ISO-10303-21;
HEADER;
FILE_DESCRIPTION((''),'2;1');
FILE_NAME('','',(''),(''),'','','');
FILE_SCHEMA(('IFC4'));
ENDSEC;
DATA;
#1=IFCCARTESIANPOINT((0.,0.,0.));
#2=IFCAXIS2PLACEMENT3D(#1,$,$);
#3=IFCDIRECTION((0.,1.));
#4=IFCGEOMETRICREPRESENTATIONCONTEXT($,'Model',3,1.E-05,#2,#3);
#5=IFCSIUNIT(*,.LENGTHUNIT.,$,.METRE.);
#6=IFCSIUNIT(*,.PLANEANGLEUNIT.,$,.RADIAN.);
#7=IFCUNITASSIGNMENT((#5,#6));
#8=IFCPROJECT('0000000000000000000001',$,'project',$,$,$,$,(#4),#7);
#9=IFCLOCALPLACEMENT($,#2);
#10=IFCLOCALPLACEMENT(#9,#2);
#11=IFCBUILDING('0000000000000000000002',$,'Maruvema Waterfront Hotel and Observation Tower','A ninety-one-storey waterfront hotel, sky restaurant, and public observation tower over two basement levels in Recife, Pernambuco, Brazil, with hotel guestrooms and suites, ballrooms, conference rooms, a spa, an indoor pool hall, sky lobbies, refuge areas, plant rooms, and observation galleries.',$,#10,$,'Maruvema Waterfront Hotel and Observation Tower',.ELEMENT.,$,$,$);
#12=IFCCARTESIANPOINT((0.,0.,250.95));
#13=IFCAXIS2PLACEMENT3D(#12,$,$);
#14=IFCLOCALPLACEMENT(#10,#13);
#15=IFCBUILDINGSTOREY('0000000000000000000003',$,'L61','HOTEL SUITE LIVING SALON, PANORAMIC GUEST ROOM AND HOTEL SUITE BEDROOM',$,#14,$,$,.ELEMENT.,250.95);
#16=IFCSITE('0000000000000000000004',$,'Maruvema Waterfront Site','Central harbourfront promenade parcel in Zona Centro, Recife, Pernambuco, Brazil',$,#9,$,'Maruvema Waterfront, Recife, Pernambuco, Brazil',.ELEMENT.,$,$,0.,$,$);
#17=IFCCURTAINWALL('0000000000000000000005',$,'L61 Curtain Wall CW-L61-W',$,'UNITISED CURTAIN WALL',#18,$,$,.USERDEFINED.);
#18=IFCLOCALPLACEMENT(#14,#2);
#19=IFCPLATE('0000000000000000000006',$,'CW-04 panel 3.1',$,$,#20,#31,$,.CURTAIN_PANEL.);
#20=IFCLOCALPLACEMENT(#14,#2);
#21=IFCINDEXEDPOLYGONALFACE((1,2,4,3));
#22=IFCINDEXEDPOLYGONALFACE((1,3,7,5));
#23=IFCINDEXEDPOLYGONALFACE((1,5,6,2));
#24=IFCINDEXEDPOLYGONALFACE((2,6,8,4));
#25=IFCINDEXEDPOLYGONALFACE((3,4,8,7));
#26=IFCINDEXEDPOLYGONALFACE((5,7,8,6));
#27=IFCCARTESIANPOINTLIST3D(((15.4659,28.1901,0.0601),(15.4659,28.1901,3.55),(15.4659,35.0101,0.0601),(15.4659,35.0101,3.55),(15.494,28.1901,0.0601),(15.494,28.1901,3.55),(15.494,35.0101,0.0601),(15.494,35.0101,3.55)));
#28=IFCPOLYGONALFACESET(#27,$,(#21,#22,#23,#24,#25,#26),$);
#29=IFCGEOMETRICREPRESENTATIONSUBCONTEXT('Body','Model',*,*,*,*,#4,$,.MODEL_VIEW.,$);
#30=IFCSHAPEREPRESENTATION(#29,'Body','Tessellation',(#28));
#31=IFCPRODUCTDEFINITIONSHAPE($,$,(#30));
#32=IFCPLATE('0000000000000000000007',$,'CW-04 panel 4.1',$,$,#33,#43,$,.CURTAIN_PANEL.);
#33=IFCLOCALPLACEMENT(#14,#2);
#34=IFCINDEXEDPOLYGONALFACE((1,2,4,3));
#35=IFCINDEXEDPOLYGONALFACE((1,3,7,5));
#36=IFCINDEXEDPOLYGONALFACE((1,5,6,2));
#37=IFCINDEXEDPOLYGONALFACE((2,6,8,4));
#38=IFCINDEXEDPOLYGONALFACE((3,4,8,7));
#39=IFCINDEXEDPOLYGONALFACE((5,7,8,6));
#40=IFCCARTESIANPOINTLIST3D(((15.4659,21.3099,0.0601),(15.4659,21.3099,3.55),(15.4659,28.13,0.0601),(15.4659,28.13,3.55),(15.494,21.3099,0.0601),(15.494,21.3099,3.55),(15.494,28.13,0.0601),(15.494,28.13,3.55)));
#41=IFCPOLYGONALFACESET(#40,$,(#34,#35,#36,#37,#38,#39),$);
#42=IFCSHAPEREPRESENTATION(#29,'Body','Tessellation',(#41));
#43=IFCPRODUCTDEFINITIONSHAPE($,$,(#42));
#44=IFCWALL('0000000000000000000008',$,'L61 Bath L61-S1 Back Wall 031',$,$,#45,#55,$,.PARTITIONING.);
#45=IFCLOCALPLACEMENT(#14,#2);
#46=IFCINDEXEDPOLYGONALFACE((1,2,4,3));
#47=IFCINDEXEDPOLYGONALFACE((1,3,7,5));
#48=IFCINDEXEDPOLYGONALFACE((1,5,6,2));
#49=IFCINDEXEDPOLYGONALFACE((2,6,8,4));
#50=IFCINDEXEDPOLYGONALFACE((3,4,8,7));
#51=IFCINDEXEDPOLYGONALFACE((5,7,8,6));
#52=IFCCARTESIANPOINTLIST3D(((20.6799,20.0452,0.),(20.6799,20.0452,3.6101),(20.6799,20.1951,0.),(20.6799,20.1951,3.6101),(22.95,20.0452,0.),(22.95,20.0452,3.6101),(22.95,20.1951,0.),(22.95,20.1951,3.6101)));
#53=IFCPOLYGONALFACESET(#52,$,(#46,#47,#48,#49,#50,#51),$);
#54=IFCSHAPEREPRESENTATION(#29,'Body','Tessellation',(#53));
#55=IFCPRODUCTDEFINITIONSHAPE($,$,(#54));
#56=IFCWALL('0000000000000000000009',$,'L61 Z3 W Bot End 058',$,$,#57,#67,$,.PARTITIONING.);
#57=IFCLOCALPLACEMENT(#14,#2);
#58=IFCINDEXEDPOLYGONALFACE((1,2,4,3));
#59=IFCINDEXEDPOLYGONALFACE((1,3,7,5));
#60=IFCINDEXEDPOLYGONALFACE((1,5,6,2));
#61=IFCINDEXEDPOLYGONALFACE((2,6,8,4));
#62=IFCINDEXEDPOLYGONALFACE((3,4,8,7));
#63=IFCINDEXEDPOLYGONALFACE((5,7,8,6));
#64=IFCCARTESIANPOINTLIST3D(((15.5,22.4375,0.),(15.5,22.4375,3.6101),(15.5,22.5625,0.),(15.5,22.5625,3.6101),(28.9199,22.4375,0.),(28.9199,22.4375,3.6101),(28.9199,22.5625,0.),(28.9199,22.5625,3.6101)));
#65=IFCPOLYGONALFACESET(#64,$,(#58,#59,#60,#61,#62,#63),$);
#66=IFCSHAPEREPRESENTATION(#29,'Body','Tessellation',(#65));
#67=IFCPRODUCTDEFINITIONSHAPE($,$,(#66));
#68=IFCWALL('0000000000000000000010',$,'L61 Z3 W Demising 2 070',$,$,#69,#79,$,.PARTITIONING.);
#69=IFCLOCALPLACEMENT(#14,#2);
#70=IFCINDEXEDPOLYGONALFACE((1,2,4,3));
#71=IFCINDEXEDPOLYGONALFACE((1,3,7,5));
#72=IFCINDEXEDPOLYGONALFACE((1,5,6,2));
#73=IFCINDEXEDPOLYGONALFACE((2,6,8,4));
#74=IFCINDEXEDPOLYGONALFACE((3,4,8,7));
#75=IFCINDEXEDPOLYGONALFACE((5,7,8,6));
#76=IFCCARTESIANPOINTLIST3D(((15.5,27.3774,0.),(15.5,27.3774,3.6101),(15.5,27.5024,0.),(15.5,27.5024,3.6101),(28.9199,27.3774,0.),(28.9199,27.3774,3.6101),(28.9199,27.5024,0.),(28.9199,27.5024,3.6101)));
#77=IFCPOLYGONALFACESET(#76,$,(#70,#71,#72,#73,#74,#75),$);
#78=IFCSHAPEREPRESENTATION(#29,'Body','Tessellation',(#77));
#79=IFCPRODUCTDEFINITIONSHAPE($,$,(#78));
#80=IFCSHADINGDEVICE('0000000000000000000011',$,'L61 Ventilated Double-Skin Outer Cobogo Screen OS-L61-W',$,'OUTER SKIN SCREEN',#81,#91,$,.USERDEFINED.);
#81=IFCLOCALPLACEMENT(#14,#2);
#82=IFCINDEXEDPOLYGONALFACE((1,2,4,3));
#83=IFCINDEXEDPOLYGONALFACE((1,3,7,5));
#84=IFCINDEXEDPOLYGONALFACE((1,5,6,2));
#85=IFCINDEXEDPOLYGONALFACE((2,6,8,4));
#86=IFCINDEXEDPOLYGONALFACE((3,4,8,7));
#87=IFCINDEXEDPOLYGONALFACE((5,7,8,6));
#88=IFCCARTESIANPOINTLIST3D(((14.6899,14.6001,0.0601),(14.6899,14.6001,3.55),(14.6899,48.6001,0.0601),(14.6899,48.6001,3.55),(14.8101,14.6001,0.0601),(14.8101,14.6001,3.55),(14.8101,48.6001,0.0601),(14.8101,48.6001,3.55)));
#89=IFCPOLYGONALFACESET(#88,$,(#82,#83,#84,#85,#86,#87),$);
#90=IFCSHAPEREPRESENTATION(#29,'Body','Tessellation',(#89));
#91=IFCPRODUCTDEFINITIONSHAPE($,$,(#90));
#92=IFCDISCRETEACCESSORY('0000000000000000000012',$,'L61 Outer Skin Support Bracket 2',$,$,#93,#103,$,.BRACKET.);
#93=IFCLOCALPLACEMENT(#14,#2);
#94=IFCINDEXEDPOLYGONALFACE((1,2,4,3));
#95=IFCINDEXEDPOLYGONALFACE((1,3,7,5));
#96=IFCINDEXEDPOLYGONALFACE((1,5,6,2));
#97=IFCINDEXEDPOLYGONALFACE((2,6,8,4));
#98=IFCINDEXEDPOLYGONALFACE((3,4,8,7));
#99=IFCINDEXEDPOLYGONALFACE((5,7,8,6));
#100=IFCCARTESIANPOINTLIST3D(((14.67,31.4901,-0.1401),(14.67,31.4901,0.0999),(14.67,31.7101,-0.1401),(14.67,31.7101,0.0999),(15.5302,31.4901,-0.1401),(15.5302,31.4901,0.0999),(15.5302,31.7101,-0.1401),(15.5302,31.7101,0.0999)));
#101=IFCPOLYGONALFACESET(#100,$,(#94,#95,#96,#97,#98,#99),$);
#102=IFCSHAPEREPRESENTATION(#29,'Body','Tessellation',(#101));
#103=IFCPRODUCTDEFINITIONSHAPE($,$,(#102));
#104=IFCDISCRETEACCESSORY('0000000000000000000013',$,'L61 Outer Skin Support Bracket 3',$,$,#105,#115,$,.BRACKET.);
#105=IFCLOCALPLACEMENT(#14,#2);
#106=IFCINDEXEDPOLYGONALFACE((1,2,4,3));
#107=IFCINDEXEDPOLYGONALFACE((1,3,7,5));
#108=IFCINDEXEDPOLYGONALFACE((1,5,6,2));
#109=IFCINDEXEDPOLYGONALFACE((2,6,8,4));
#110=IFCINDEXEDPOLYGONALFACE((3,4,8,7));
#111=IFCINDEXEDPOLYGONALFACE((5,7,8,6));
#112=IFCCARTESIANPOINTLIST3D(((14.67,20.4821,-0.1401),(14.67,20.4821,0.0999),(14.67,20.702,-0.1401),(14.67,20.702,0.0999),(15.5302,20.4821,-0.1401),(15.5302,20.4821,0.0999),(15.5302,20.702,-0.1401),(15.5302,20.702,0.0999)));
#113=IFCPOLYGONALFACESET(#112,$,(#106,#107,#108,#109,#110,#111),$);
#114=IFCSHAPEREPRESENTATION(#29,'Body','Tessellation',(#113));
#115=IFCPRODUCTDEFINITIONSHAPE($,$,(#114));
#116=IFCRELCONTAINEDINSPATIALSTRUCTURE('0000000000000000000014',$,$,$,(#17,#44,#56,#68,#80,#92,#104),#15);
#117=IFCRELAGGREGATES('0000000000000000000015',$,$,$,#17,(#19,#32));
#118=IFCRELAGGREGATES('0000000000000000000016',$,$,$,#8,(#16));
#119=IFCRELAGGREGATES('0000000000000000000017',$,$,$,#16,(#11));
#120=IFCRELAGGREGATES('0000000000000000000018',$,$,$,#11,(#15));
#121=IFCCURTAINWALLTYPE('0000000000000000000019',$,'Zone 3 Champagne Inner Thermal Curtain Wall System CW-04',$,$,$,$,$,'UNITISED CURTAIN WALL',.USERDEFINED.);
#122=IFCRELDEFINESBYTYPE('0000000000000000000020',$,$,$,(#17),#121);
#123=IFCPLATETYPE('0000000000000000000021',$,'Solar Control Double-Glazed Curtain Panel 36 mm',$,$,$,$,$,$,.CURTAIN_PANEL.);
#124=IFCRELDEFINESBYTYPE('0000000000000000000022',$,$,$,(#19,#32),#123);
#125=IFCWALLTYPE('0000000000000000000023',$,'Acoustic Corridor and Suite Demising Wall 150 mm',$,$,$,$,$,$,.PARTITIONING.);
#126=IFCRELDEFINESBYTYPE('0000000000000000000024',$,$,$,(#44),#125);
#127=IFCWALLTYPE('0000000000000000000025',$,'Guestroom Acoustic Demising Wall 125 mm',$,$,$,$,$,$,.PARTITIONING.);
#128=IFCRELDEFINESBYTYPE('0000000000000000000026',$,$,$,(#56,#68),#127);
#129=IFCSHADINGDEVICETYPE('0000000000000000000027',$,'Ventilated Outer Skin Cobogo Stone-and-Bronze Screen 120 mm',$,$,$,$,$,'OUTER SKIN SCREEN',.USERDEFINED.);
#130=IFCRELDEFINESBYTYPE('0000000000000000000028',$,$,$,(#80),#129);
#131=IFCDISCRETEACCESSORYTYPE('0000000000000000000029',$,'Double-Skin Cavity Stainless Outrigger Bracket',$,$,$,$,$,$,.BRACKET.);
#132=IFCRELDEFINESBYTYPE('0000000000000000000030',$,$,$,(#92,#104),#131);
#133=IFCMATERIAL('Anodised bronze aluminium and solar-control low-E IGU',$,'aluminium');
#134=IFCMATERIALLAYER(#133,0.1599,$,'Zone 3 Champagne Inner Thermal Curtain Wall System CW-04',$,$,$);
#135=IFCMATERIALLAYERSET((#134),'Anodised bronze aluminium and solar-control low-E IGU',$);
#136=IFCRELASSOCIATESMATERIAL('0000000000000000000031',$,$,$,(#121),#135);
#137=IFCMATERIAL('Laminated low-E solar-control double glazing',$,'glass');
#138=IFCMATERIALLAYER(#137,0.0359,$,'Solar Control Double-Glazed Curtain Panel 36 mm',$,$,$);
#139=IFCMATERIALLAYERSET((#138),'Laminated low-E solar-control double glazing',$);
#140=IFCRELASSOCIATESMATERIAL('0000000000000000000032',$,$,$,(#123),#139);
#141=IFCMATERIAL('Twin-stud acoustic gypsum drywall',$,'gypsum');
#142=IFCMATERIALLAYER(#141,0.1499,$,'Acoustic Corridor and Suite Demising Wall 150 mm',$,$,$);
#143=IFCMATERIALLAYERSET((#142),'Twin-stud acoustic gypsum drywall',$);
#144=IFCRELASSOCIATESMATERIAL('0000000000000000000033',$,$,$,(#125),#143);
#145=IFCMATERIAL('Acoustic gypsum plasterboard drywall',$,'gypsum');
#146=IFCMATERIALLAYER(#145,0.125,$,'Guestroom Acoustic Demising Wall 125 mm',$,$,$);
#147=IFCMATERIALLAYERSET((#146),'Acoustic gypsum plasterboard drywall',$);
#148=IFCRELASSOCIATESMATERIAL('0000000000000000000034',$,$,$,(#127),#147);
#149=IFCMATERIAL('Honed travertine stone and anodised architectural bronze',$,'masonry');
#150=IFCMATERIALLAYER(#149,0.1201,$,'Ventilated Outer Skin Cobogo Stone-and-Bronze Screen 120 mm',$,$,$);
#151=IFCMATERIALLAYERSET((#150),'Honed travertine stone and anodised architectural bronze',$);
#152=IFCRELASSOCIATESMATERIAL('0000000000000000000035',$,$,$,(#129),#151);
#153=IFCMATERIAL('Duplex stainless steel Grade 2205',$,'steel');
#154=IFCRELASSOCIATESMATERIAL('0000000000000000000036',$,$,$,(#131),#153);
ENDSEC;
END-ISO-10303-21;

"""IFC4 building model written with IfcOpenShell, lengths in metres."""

from ifc_helpers import new_model, si_unit, direction, frame, frame_2d, origin, origin_2d, place, context, subcontext, project, spatial, rectangle, extrude, material, layer, layer_set, type_object, element, aggregate, save


model = new_model("IFC4")

# Units and contexts
model_context = context("Model", 3, precision=1e-05, world=origin(), true_north=direction((0.0, 1.0)))
body_context = subcontext(model_context, "Body", "Model", "MODEL_VIEW")
ifc_project = project(units=[si_unit("LENGTHUNIT", "METRE"), si_unit("PLANEANGLEUNIT", "RADIAN")], contexts=[model_context])

# Site, building, storey
site_placement = place(None, origin())
site = spatial("IfcSite", under=ifc_project, at=site_placement, Name="Maruvema Waterfront Site", Description="Central harbourfront promenade parcel in Zona Centro, Recife, Pernambuco, Brazil", LongName="Maruvema Waterfront, Recife, Pernambuco, Brazil", CompositionType="ELEMENT", RefElevation=0.0)
building_placement = place(site_placement, origin())
building = spatial("IfcBuilding", under=site, at=building_placement, Name="Maruvema Waterfront Hotel and Observation Tower", Description="A ninety-one-storey waterfront hotel, sky restaurant, and public observation tower over two basement levels in Recife, Pernambuco, Brazil, with hotel guestrooms and suites, ballrooms, conference rooms, a spa, an indoor pool hall, sky lobbies, refuge areas, plant rooms, and observation galleries.", LongName="Maruvema Waterfront Hotel and Observation Tower", CompositionType="ELEMENT")
storey_placement = place(building_placement, frame((0.0, 0.0, 250.95)))
storey = spatial("IfcBuildingStorey", under=building, at=storey_placement, Name="L61", Description="HOTEL SUITE LIVING SALON, PANORAMIC GUEST ROOM AND HOTEL SUITE BEDROOM", CompositionType="ELEMENT", Elevation=250.95)

# Curtain wall
ifc_material_1 = material(Name="Anodised bronze aluminium and solar-control low-E IGU", Category="aluminium")
ifc_layer_1 = layer(ifc_material_1, 0.1599, Name="Zone 3 Champagne Inner Thermal Curtain Wall System CW-04")
ifc_layer_set_1 = layer_set([ifc_layer_1], Name="Anodised bronze aluminium and solar-control low-E IGU")
curtain_wall_type = type_object("IfcCurtainWallType", Name="Zone 3 Champagne Inner Thermal Curtain Wall System CW-04", ElementType="UNITISED CURTAIN WALL", PredefinedType="USERDEFINED", material=ifc_layer_set_1)
curtain_wall_placement = place(storey_placement, origin())
curtain_wall = element("IfcCurtainWall", 1, at=curtain_wall_placement, inside=storey, type_object=curtain_wall_type, Name="L61 Curtain Wall CW-L61-W", ObjectType="UNITISED CURTAIN WALL", PredefinedType="USERDEFINED")

# Plates
ifc_material_2 = material(Name="Laminated low-E solar-control double glazing", Category="glass")
ifc_layer_2 = layer(ifc_material_2, 0.0359, Name="Solar Control Double-Glazed Curtain Panel 36 mm")
ifc_layer_set_2 = layer_set([ifc_layer_2], Name="Laminated low-E solar-control double glazing")
plate_type = type_object("IfcPlateType", Name="Solar Control Double-Glazed Curtain Panel 36 mm", PredefinedType="CURTAIN_PANEL", material=ifc_layer_set_2)
plate_1_placement = place(storey_placement, frame((15.48, 31.6001, 0.0601), z_axis=(0.0, 0.0, 1.0), x_axis=(0.0, -1.0, 0.0)))
plate_1 = element("IfcPlate", 2, at=plate_1_placement, type_object=plate_type, Name="CW-04 panel 3.1", PredefinedType="CURTAIN_PANEL", context=body_context, shape_type="SweptSolid", body=[
    extrude(rectangle(XDim=6.8201, YDim=0.0281, at=origin_2d()), origin(), (0.0, 0.0, 1.0), 3.49),
])
plate_2_placement = place(storey_placement, frame((15.48, 24.72, 0.0601), z_axis=(0.0, 0.0, 1.0), x_axis=(0.0, -1.0, 0.0)))
plate_2 = element("IfcPlate", 3, at=plate_2_placement, type_object=plate_type, Name="CW-04 panel 4.1", PredefinedType="CURTAIN_PANEL", context=body_context, shape_type="SweptSolid", body=[
    extrude(rectangle(XDim=6.8201, YDim=0.0281, at=origin_2d()), origin(), (0.0, 0.0, 1.0), 3.49),
])
aggregate(curtain_wall, [plate_1, plate_2])

# Wall
ifc_material_3 = material(Name="Twin-stud acoustic gypsum drywall", Category="gypsum")
ifc_layer_3 = layer(ifc_material_3, 0.1499, Name="Acoustic Corridor and Suite Demising Wall 150 mm")
ifc_layer_set_3 = layer_set([ifc_layer_3], Name="Twin-stud acoustic gypsum drywall")
wall_type_1 = type_object("IfcWallType", Name="Acoustic Corridor and Suite Demising Wall 150 mm", PredefinedType="PARTITIONING", material=ifc_layer_set_3)
wall_1_placement = place(storey_placement, frame((20.6799, 20.1201, 0.0), z_axis=(0.0, 0.0, 1.0), x_axis=(1.0, 0.0, 0.0)))
element("IfcWall", 4, at=wall_1_placement, inside=storey, type_object=wall_type_1, Name="L61 Bath L61-S1 Back Wall 031", PredefinedType="PARTITIONING", context=body_context, shape_type="SweptSolid", body=[
    extrude(rectangle(XDim=2.27, YDim=0.1499, at=frame_2d((1.135, 0.0))), origin(), (0.0, 0.0, 1.0), 3.6101),
])

# Walls
ifc_material_4 = material(Name="Acoustic gypsum plasterboard drywall", Category="gypsum")
ifc_layer_4 = layer(ifc_material_4, 0.125, Name="Guestroom Acoustic Demising Wall 125 mm")
ifc_layer_set_4 = layer_set([ifc_layer_4], Name="Acoustic gypsum plasterboard drywall")
wall_type_2 = type_object("IfcWallType", Name="Guestroom Acoustic Demising Wall 125 mm", PredefinedType="PARTITIONING", material=ifc_layer_set_4)
for number, where, z_axis, x_axis, name in (
    (5, (15.5, 22.5, 0.0), (0.0, 0.0, 1.0), (1.0, 0.0, 0.0), "L61 Z3 W Bot End 058"),
    (6, (15.5, 27.4399, 0.0), (0.0, 0.0, 1.0), (1.0, 0.0, 0.0), "L61 Z3 W Demising 2 070"),
):
    element("IfcWall", number, at=place(storey_placement, frame(where, z_axis=z_axis, x_axis=x_axis)), inside=storey, type_object=wall_type_2, Name=name, PredefinedType="PARTITIONING", context=body_context, shape_type="SweptSolid", body=[
        extrude(rectangle(XDim=13.4199, YDim=0.125, at=frame_2d((6.71, 0.0))), origin(), (0.0, 0.0, 1.0), 3.6101),
    ])

# Shading device
ifc_material_5 = material(Name="Honed travertine stone and anodised architectural bronze", Category="masonry")
ifc_layer_5 = layer(ifc_material_5, 0.1201, Name="Ventilated Outer Skin Cobogo Stone-and-Bronze Screen 120 mm")
ifc_layer_set_5 = layer_set([ifc_layer_5], Name="Honed travertine stone and anodised architectural bronze")
shading_device_type = type_object("IfcShadingDeviceType", Name="Ventilated Outer Skin Cobogo Stone-and-Bronze Screen 120 mm", ElementType="OUTER SKIN SCREEN", PredefinedType="USERDEFINED", material=ifc_layer_set_5)
shading_device_placement = place(storey_placement, frame((14.75, 31.6001, 0.0601), z_axis=(0.0, 0.0, 1.0), x_axis=(0.0, -1.0, 0.0)))
element("IfcShadingDevice", 7, at=shading_device_placement, inside=storey, type_object=shading_device_type, Name="L61 Ventilated Double-Skin Outer Cobogo Screen OS-L61-W", ObjectType="OUTER SKIN SCREEN", PredefinedType="USERDEFINED", context=body_context, shape_type="SweptSolid", body=[
    extrude(rectangle(XDim=34.0, YDim=0.1201, at=origin_2d()), origin(), (0.0, 0.0, 1.0), 3.49),
])

# Discrete accessories
ifc_material_6 = material(Name="Duplex stainless steel Grade 2205", Category="steel")
discrete_accessory_type = type_object("IfcDiscreteAccessoryType", Name="Double-Skin Cavity Stainless Outrigger Bracket", PredefinedType="BRACKET", material=ifc_material_6)
for number, where, z_axis, x_axis, name in (
    (8, (15.1001, 31.6001, -0.1401), (0.0, 0.0, 1.0), (0.0, -1.0, 0.0), "L61 Outer Skin Support Bracket 2"),
    (9, (15.1001, 20.592, -0.1401), (0.0, 0.0, 1.0), (0.0, -1.0, 0.0), "L61 Outer Skin Support Bracket 3"),
):
    element("IfcDiscreteAccessory", number, at=place(storey_placement, frame(where, z_axis=z_axis, x_axis=x_axis)), inside=storey, type_object=discrete_accessory_type, Name=name, PredefinedType="BRACKET", context=body_context, shape_type="SweptSolid", body=[
        extrude(rectangle(XDim=0.22, YDim=0.8601, at=origin_2d()), origin(), (0.0, 0.0, 1.0), 0.24),
    ])

save(model, "model.ifc")
